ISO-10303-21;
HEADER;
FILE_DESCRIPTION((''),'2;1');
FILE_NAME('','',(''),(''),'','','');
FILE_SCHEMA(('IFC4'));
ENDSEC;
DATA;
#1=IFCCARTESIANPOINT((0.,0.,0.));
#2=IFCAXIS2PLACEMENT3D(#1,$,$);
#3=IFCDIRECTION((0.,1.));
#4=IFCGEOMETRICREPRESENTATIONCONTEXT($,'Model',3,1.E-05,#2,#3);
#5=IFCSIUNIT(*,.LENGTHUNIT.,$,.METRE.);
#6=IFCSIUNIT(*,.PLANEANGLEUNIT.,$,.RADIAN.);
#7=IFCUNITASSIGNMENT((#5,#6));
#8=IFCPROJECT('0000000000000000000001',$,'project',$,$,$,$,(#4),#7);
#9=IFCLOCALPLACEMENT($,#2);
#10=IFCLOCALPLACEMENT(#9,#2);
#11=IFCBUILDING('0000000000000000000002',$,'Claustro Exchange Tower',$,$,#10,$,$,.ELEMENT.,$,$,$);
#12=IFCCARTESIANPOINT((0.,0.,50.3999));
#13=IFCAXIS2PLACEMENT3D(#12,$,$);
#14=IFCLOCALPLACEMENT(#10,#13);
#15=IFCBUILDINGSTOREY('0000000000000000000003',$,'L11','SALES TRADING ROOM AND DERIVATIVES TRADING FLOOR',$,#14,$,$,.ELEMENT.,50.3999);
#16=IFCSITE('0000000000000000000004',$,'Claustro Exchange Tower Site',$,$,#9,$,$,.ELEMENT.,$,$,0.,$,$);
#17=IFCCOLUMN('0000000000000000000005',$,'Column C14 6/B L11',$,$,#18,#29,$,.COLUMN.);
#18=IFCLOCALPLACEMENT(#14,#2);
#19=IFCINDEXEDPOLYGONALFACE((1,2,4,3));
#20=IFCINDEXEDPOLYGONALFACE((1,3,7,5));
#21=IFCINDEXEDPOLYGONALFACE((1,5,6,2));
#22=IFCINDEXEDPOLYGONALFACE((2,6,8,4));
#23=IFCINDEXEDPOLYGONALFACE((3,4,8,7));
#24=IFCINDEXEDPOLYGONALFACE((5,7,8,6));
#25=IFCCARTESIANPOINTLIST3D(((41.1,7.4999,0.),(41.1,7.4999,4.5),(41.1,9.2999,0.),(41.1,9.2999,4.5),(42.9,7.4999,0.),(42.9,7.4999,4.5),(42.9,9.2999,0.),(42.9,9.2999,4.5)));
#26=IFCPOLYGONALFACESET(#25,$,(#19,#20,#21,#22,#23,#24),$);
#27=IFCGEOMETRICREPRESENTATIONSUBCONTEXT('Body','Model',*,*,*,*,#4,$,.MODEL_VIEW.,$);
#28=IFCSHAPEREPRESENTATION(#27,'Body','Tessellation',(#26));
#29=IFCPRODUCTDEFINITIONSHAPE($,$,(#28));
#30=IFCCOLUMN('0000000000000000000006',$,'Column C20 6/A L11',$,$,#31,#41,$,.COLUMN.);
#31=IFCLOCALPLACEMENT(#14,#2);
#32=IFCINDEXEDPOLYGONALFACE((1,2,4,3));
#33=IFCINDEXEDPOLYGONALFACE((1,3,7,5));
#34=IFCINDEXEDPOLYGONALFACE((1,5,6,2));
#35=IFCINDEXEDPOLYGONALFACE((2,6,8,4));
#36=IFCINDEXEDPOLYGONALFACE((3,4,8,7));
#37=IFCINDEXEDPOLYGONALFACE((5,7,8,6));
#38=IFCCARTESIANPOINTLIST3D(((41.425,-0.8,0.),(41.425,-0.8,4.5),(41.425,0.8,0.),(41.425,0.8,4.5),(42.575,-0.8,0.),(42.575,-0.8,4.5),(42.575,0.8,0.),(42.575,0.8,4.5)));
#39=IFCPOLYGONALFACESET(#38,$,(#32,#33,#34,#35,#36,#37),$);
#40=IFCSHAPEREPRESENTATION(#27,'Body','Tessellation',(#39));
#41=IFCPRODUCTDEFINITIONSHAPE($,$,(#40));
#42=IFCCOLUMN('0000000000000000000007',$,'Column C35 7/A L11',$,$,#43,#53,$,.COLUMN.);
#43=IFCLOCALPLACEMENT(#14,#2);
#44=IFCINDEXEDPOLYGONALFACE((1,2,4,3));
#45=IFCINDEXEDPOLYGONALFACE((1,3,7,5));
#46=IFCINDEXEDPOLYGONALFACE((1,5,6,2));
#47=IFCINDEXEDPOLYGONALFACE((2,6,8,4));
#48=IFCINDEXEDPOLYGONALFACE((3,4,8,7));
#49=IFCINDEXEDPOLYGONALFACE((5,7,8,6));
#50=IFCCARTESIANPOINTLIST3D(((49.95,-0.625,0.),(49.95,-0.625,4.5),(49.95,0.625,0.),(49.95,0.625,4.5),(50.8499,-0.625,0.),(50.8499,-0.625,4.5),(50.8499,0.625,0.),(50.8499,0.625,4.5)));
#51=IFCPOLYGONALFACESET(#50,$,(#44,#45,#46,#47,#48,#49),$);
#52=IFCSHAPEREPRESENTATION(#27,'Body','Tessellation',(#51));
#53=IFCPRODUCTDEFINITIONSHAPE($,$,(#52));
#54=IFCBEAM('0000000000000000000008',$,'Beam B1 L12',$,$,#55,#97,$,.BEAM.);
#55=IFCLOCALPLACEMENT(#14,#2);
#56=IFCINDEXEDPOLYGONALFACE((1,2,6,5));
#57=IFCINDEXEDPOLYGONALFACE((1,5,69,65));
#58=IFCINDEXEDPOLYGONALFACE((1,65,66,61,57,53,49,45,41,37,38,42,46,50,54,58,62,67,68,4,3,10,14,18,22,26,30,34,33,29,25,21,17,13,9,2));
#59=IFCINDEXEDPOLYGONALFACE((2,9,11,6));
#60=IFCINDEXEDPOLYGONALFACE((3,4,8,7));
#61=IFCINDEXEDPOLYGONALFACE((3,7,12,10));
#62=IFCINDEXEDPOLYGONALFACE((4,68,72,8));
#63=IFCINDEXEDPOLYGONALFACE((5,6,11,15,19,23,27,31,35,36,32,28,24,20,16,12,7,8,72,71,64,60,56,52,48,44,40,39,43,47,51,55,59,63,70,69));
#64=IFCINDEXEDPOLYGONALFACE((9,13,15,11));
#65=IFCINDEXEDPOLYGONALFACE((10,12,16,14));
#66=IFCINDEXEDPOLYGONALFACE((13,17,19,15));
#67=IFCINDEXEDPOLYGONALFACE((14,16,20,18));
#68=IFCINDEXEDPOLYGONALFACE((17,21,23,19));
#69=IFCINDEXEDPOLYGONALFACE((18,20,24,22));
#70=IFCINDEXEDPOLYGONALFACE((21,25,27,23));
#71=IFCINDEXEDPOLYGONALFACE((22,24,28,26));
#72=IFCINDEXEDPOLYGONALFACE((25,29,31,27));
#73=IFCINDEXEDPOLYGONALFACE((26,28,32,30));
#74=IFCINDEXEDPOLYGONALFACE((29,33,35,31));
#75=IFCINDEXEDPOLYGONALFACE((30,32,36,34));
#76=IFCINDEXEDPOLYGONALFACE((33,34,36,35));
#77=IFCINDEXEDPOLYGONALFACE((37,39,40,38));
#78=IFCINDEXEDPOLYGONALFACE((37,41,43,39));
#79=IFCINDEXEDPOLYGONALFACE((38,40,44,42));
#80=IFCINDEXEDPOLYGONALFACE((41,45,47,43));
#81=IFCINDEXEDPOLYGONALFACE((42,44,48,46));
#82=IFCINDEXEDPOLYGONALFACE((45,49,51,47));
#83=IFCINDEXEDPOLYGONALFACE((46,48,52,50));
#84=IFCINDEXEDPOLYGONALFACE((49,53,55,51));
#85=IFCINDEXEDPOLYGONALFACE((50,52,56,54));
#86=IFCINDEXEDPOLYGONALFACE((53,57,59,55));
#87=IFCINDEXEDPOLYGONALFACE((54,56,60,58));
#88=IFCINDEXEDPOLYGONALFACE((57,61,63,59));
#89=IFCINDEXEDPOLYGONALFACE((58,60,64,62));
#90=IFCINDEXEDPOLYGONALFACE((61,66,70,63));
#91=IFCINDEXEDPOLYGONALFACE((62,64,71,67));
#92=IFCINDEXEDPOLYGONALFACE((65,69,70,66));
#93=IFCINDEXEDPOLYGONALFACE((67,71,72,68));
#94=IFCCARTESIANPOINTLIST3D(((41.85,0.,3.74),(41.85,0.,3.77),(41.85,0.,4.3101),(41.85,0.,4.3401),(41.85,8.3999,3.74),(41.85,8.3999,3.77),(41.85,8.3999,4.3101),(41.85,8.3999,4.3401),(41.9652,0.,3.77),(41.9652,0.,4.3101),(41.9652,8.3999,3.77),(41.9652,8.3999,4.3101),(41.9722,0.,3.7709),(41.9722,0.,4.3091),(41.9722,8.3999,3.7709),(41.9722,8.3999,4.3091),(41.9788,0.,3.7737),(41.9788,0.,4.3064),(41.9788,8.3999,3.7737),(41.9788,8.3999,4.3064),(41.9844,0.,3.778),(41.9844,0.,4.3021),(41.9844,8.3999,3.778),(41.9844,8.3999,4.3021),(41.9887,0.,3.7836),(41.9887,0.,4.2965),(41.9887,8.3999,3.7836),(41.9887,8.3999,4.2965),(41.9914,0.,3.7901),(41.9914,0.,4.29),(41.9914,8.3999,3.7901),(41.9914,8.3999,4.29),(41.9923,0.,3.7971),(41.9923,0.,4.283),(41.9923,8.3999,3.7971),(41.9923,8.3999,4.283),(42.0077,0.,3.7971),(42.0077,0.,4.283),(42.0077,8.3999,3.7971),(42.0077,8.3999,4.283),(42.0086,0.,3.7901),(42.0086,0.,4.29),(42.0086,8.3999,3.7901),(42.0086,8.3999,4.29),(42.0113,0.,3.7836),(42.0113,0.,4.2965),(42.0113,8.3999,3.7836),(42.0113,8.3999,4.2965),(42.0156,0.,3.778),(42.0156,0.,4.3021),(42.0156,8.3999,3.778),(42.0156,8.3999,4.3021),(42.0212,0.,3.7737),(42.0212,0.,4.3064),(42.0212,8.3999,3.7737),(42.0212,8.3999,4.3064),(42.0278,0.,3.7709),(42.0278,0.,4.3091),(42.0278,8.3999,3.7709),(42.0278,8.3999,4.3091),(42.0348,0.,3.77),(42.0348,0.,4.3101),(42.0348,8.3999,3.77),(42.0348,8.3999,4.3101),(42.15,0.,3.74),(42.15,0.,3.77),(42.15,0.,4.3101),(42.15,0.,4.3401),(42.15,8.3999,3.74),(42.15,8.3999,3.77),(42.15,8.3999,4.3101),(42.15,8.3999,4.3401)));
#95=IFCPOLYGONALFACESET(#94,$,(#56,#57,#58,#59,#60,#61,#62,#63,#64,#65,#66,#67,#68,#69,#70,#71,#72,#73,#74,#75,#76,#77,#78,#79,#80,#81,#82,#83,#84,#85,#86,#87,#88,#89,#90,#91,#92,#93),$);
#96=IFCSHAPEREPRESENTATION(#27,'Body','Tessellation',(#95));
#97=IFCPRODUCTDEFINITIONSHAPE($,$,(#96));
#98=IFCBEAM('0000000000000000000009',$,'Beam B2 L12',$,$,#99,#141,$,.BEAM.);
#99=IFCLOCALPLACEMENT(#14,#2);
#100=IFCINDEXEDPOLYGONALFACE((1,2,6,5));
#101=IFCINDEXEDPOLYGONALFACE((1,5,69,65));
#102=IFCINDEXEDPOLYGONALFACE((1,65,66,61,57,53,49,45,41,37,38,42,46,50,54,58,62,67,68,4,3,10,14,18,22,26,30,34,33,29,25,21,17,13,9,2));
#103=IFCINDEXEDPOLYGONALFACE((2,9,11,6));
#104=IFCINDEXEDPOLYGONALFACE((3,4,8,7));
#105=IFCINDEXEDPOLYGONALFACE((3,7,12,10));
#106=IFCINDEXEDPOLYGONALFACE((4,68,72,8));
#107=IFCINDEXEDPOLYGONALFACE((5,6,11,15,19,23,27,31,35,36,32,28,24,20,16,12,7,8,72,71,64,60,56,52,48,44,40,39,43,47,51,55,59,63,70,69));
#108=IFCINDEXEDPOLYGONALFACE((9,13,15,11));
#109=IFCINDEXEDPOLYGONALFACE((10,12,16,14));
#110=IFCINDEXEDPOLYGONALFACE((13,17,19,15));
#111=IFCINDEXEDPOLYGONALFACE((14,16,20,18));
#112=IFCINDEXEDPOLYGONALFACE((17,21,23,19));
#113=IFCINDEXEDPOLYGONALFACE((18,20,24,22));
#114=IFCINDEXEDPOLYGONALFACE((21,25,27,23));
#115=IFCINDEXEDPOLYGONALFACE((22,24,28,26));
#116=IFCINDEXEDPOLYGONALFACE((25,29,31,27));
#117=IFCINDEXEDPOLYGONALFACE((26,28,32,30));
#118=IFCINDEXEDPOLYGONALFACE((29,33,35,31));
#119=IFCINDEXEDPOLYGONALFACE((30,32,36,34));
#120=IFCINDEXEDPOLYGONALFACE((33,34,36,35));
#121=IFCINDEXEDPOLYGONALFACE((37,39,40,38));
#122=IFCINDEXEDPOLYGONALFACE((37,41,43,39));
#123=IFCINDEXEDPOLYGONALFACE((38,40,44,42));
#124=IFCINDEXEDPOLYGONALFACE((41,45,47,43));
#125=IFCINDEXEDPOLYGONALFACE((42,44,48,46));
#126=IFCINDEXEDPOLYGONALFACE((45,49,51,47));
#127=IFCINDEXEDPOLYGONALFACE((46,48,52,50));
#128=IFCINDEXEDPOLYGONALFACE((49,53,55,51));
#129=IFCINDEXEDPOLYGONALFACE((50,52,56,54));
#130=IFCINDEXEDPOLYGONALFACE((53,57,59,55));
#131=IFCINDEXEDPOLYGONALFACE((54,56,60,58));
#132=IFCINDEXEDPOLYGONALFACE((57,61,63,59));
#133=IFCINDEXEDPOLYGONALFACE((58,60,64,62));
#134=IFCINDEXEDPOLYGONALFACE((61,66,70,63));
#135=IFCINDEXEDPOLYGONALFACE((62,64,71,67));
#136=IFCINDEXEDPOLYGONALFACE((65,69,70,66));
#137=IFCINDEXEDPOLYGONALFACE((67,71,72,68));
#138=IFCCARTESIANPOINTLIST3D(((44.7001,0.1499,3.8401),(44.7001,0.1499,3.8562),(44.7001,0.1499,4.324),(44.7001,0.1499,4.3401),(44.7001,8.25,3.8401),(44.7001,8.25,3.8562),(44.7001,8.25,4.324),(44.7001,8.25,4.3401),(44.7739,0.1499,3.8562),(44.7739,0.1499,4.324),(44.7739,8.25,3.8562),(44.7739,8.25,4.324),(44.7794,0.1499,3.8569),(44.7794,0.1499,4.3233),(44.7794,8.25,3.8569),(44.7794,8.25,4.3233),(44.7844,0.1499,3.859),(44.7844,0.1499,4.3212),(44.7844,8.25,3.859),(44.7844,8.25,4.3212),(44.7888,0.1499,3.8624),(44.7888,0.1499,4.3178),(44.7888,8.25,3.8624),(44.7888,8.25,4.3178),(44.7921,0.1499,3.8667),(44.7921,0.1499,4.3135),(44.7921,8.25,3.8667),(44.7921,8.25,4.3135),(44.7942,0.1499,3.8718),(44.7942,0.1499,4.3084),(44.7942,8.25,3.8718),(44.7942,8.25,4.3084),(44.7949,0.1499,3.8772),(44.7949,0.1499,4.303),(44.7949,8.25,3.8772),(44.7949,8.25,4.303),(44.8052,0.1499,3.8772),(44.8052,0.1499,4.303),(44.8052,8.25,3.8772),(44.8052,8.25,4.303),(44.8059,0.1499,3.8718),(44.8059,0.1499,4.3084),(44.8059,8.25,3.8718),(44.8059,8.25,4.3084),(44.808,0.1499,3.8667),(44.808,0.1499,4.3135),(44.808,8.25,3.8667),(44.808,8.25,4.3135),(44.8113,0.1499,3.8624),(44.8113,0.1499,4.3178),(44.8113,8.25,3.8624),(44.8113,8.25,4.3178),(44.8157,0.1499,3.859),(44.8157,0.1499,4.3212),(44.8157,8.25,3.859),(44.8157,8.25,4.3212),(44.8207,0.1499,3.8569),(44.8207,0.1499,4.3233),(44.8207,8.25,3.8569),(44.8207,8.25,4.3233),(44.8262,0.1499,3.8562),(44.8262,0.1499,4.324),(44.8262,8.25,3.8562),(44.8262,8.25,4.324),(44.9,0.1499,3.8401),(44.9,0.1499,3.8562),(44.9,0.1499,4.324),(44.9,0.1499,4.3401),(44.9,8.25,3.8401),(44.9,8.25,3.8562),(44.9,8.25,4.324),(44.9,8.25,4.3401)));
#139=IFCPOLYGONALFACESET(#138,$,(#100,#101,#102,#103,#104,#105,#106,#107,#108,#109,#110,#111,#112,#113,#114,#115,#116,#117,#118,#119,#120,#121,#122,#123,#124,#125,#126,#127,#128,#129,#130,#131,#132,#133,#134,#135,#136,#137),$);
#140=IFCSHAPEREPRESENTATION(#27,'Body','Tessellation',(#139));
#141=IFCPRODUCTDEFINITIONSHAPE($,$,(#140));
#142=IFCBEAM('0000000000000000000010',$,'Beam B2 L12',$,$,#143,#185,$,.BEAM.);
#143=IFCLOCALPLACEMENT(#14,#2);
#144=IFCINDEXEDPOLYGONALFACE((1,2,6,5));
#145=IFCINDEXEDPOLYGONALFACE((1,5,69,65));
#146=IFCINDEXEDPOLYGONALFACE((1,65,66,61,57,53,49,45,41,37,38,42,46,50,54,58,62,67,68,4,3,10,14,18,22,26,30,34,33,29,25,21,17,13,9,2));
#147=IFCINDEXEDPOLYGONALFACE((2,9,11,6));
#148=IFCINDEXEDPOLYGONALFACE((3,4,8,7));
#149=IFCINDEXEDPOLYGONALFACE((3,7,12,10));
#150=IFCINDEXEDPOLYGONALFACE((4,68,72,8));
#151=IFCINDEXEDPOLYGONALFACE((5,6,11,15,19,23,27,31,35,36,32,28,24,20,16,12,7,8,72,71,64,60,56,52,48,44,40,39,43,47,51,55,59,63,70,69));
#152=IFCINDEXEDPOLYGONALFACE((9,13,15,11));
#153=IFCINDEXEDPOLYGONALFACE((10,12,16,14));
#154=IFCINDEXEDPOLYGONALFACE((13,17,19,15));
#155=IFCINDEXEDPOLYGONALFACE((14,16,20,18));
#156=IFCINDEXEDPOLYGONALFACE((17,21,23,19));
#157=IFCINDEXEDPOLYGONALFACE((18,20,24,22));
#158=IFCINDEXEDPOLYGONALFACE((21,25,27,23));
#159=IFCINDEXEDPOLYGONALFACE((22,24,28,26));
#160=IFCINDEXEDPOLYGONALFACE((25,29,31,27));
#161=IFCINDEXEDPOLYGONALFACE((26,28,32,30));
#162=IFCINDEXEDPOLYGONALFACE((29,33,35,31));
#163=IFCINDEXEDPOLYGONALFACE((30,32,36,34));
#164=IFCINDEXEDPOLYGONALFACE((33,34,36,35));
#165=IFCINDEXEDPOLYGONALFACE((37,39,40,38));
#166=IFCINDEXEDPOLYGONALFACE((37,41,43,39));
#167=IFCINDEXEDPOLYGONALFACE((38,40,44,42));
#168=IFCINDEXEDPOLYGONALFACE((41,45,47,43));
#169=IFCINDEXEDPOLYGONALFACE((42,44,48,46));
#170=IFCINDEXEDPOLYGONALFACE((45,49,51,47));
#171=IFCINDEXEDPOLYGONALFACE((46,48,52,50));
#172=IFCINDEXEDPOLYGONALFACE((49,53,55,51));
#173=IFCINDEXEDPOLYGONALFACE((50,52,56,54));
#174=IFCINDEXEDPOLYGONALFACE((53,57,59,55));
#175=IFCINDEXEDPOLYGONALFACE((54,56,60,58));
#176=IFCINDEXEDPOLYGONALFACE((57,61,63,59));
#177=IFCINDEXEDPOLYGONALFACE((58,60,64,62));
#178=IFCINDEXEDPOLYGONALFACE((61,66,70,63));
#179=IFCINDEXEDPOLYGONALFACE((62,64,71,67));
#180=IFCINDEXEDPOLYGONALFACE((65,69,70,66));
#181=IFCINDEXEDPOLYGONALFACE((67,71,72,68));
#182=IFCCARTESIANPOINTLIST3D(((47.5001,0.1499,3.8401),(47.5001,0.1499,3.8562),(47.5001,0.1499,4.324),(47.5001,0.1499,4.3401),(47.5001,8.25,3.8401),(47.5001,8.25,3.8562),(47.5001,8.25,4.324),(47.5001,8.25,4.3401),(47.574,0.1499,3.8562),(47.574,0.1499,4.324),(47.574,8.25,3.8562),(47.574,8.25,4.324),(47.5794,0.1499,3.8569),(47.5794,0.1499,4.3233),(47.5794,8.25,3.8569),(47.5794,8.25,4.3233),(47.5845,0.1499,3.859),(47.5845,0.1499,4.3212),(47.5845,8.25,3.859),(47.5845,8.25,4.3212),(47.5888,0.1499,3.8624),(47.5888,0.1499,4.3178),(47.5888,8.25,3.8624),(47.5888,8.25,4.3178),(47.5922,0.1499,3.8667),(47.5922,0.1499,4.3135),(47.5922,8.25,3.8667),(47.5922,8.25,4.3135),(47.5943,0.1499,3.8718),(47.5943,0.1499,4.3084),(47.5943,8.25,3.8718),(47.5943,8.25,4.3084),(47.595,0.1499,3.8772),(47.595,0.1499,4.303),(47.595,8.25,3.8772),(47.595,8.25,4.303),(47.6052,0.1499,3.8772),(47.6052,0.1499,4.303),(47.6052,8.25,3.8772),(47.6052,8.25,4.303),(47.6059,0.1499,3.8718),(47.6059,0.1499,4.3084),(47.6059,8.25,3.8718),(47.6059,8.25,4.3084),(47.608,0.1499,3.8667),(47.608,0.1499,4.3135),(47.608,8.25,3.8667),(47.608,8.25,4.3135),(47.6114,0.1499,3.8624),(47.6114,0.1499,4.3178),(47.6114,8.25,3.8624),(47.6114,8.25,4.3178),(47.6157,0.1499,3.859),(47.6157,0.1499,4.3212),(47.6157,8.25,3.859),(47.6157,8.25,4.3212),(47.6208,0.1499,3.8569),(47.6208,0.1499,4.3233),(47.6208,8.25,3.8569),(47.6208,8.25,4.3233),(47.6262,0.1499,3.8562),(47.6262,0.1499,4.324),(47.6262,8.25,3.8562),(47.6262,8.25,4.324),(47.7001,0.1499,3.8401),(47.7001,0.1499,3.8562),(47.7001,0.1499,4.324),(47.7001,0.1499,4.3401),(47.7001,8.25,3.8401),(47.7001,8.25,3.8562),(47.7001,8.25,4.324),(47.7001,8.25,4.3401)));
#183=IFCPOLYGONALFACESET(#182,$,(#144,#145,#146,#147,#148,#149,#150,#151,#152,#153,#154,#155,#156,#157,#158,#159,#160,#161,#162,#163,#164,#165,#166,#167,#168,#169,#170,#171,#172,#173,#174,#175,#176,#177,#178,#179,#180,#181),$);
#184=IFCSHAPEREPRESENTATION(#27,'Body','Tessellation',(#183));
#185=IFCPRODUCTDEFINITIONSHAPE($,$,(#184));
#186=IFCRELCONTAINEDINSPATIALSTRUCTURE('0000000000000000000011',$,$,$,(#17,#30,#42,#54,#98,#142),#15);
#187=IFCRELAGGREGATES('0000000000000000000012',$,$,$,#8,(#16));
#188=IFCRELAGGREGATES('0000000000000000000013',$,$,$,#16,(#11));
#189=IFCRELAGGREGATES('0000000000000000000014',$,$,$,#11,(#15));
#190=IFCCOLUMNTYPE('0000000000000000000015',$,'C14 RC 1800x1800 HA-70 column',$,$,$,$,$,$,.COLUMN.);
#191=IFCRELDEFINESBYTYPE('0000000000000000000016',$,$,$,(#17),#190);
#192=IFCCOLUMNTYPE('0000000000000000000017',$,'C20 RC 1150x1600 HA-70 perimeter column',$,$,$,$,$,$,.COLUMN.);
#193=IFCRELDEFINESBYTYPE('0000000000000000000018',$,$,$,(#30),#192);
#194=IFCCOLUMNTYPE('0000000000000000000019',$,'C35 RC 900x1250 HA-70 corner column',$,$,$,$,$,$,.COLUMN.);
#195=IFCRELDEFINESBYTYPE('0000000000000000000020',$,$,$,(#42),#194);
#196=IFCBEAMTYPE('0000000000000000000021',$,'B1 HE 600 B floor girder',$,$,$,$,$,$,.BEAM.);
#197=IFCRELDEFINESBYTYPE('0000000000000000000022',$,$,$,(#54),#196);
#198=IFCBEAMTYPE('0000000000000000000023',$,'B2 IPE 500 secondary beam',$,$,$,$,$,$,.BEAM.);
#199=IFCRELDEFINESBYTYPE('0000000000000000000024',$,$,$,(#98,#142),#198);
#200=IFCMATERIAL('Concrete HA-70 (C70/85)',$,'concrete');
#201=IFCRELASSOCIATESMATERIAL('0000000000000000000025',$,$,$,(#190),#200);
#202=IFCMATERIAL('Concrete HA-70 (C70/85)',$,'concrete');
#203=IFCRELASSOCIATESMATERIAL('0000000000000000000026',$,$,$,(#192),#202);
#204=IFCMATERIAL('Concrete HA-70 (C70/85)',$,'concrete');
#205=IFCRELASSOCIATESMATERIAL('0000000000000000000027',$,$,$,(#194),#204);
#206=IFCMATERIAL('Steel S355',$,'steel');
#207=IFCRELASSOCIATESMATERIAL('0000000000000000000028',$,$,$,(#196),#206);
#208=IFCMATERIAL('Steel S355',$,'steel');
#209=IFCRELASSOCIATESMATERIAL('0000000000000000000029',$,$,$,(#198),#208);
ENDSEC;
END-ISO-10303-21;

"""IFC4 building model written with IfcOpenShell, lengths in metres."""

from ifc_helpers import new_model, si_unit, direction, frame, origin, origin_2d, place, context, subcontext, project, spatial, rectangle, i_section, extrude, material, material_profile, profile_set, type_object, element, save


model = new_model("IFC4")

# Units and contexts
model_context = context("Model", 3, precision=1e-05, world=origin(), true_north=direction((0.0, 1.0)))
body_context = subcontext(model_context, "Body", "Model", "MODEL_VIEW")
ifc_project = project(units=[si_unit("LENGTHUNIT", "METRE"), si_unit("PLANEANGLEUNIT", "RADIAN")], contexts=[model_context])

# Site, building, storey
site_placement = place(None, origin())
site = spatial("IfcSite", under=ifc_project, at=site_placement, Name="Claustro Exchange Tower Site", CompositionType="ELEMENT", RefElevation=0.0)
building_placement = place(site_placement, origin())
building = spatial("IfcBuilding", under=site, at=building_placement, Name="Claustro Exchange Tower", CompositionType="ELEMENT")
storey_placement = place(building_placement, frame((0.0, 0.0, 50.3999)))
storey = spatial("IfcBuildingStorey", under=building, at=storey_placement, Name="L11", Description="SALES TRADING ROOM AND DERIVATIVES TRADING FLOOR", CompositionType="ELEMENT", Elevation=50.3999)

# Columns
ifc_material_1 = material(Name="Concrete HA-70 (C70/85)", Category="concrete")
ifc_material_profile_1 = material_profile(ifc_material_1, rectangle(XDim=1.8, YDim=1.8, at=origin_2d()), Name="RC 1800x1800")
ifc_profile_set_1 = profile_set([ifc_material_profile_1], Name="Concrete HA-70 (C70/85)")
column_type_1 = type_object("IfcColumnType", Name="C14 RC 1800x1800 HA-70 column", PredefinedType="COLUMN", material=ifc_profile_set_1)
column_1_placement = place(storey_placement, frame((42.0, 8.3999, 0.0), z_axis=(0.0, 0.0, 1.0), x_axis=(1.0, 0.0, 0.0)))
element("IfcColumn", 1, at=column_1_placement, inside=storey, type_object=column_type_1, Name="Column C14 6/B L11", PredefinedType="COLUMN", context=body_context, shape_type="SweptSolid", body=[
    extrude(rectangle(XDim=1.8, YDim=1.8, at=origin_2d()), origin(), (0.0, 0.0, 1.0), 4.5),
])
ifc_material_2 = material(Name="Concrete HA-70 (C70/85)", Category="concrete")
ifc_material_profile_2 = material_profile(ifc_material_2, rectangle(XDim=1.1499, YDim=1.6001, at=origin_2d()), Name="RC 1150x1600")
ifc_profile_set_2 = profile_set([ifc_material_profile_2], Name="Concrete HA-70 (C70/85)")
column_type_2 = type_object("IfcColumnType", Name="C20 RC 1150x1600 HA-70 perimeter column", PredefinedType="COLUMN", material=ifc_profile_set_2)
column_2_placement = place(storey_placement, frame((42.0, 0.0, 0.0), z_axis=(0.0, 0.0, 1.0), x_axis=(1.0, 0.0, 0.0)))
element("IfcColumn", 2, at=column_2_placement, inside=storey, type_object=column_type_2, Name="Column C20 6/A L11", PredefinedType="COLUMN", context=body_context, shape_type="SweptSolid", body=[
    extrude(rectangle(XDim=1.1499, YDim=1.6001, at=origin_2d()), origin(), (0.0, 0.0, 1.0), 4.5),
])
ifc_material_3 = material(Name="Concrete HA-70 (C70/85)", Category="concrete")
ifc_material_profile_3 = material_profile(ifc_material_3, rectangle(XDim=0.8999, YDim=1.25, at=origin_2d()), Name="RC 900x1250")
ifc_profile_set_3 = profile_set([ifc_material_profile_3], Name="Concrete HA-70 (C70/85)")
column_type_3 = type_object("IfcColumnType", Name="C35 RC 900x1250 HA-70 corner column", PredefinedType="COLUMN", material=ifc_profile_set_3)
column_3_placement = place(storey_placement, frame((50.3999, 0.0, 0.0), z_axis=(0.0, 0.0, 1.0), x_axis=(1.0, 0.0, 0.0)))
element("IfcColumn", 3, at=column_3_placement, inside=storey, type_object=column_type_3, Name="Column C35 7/A L11", PredefinedType="COLUMN", context=body_context, shape_type="SweptSolid", body=[
    extrude(rectangle(XDim=0.8999, YDim=1.25, at=origin_2d()), origin(), (0.0, 0.0, 1.0), 4.5),
])

# Beams
ifc_material_4 = material(Name="Steel S355", Category="steel")
ifc_material_profile_4 = material_profile(ifc_material_4, i_section(OverallWidth=0.3, OverallDepth=0.6001, WebThickness=0.0154, FlangeThickness=0.03, FilletRadius=0.0271, at=origin_2d()), Name="HE 600 B")
ifc_profile_set_4 = profile_set([ifc_material_profile_4], Name="Steel S355")
beam_type_1 = type_object("IfcBeamType", Name="B1 HE 600 B floor girder", PredefinedType="BEAM", material=ifc_profile_set_4)
beam_1_placement = place(storey_placement, frame((42.0, 0.0, 4.04), z_axis=(0.0, 1.0, 0.0), x_axis=(-1.0, 0.0, 0.0)))
element("IfcBeam", 4, at=beam_1_placement, inside=storey, type_object=beam_type_1, Name="Beam B1 L12", PredefinedType="BEAM", context=body_context, shape_type="SweptSolid", body=[
    extrude(i_section(OverallWidth=0.3, OverallDepth=0.6001, WebThickness=0.0154, FlangeThickness=0.03, FilletRadius=0.0271, at=origin_2d()), origin(), (0.0, 0.0, 1.0), 8.3999),
])
ifc_material_5 = material(Name="Steel S355", Category="steel")
ifc_material_profile_5 = material_profile(ifc_material_5, i_section(OverallWidth=0.2, OverallDepth=0.5, WebThickness=0.0103, FlangeThickness=0.0161, FilletRadius=0.021, at=origin_2d()), Name="IPE 500")
ifc_profile_set_5 = profile_set([ifc_material_profile_5], Name="Steel S355")
beam_type_2 = type_object("IfcBeamType", Name="B2 IPE 500 secondary beam", PredefinedType="BEAM", material=ifc_profile_set_5)
for number, where, z_axis, x_axis, name in (
    (5, (44.8, 0.1499, 4.0901), (0.0, 1.0, 0.0), (-1.0, 0.0, 0.0), "Beam B2 L12"),
    (6, (47.6001, 0.1499, 4.0901), (0.0, 1.0, 0.0), (-1.0, 0.0, 0.0), "Beam B2 L12"),
):
    element("IfcBeam", number, at=place(storey_placement, frame(where, z_axis=z_axis, x_axis=x_axis)), inside=storey, type_object=beam_type_2, Name=name, PredefinedType="BEAM", context=body_context, shape_type="SweptSolid", body=[
        extrude(i_section(OverallWidth=0.2, OverallDepth=0.5, WebThickness=0.0103, FlangeThickness=0.0161, FilletRadius=0.021, at=origin_2d()), origin(), (0.0, 0.0, 1.0), 8.1001),
    ])

save(model, "model.ifc")
